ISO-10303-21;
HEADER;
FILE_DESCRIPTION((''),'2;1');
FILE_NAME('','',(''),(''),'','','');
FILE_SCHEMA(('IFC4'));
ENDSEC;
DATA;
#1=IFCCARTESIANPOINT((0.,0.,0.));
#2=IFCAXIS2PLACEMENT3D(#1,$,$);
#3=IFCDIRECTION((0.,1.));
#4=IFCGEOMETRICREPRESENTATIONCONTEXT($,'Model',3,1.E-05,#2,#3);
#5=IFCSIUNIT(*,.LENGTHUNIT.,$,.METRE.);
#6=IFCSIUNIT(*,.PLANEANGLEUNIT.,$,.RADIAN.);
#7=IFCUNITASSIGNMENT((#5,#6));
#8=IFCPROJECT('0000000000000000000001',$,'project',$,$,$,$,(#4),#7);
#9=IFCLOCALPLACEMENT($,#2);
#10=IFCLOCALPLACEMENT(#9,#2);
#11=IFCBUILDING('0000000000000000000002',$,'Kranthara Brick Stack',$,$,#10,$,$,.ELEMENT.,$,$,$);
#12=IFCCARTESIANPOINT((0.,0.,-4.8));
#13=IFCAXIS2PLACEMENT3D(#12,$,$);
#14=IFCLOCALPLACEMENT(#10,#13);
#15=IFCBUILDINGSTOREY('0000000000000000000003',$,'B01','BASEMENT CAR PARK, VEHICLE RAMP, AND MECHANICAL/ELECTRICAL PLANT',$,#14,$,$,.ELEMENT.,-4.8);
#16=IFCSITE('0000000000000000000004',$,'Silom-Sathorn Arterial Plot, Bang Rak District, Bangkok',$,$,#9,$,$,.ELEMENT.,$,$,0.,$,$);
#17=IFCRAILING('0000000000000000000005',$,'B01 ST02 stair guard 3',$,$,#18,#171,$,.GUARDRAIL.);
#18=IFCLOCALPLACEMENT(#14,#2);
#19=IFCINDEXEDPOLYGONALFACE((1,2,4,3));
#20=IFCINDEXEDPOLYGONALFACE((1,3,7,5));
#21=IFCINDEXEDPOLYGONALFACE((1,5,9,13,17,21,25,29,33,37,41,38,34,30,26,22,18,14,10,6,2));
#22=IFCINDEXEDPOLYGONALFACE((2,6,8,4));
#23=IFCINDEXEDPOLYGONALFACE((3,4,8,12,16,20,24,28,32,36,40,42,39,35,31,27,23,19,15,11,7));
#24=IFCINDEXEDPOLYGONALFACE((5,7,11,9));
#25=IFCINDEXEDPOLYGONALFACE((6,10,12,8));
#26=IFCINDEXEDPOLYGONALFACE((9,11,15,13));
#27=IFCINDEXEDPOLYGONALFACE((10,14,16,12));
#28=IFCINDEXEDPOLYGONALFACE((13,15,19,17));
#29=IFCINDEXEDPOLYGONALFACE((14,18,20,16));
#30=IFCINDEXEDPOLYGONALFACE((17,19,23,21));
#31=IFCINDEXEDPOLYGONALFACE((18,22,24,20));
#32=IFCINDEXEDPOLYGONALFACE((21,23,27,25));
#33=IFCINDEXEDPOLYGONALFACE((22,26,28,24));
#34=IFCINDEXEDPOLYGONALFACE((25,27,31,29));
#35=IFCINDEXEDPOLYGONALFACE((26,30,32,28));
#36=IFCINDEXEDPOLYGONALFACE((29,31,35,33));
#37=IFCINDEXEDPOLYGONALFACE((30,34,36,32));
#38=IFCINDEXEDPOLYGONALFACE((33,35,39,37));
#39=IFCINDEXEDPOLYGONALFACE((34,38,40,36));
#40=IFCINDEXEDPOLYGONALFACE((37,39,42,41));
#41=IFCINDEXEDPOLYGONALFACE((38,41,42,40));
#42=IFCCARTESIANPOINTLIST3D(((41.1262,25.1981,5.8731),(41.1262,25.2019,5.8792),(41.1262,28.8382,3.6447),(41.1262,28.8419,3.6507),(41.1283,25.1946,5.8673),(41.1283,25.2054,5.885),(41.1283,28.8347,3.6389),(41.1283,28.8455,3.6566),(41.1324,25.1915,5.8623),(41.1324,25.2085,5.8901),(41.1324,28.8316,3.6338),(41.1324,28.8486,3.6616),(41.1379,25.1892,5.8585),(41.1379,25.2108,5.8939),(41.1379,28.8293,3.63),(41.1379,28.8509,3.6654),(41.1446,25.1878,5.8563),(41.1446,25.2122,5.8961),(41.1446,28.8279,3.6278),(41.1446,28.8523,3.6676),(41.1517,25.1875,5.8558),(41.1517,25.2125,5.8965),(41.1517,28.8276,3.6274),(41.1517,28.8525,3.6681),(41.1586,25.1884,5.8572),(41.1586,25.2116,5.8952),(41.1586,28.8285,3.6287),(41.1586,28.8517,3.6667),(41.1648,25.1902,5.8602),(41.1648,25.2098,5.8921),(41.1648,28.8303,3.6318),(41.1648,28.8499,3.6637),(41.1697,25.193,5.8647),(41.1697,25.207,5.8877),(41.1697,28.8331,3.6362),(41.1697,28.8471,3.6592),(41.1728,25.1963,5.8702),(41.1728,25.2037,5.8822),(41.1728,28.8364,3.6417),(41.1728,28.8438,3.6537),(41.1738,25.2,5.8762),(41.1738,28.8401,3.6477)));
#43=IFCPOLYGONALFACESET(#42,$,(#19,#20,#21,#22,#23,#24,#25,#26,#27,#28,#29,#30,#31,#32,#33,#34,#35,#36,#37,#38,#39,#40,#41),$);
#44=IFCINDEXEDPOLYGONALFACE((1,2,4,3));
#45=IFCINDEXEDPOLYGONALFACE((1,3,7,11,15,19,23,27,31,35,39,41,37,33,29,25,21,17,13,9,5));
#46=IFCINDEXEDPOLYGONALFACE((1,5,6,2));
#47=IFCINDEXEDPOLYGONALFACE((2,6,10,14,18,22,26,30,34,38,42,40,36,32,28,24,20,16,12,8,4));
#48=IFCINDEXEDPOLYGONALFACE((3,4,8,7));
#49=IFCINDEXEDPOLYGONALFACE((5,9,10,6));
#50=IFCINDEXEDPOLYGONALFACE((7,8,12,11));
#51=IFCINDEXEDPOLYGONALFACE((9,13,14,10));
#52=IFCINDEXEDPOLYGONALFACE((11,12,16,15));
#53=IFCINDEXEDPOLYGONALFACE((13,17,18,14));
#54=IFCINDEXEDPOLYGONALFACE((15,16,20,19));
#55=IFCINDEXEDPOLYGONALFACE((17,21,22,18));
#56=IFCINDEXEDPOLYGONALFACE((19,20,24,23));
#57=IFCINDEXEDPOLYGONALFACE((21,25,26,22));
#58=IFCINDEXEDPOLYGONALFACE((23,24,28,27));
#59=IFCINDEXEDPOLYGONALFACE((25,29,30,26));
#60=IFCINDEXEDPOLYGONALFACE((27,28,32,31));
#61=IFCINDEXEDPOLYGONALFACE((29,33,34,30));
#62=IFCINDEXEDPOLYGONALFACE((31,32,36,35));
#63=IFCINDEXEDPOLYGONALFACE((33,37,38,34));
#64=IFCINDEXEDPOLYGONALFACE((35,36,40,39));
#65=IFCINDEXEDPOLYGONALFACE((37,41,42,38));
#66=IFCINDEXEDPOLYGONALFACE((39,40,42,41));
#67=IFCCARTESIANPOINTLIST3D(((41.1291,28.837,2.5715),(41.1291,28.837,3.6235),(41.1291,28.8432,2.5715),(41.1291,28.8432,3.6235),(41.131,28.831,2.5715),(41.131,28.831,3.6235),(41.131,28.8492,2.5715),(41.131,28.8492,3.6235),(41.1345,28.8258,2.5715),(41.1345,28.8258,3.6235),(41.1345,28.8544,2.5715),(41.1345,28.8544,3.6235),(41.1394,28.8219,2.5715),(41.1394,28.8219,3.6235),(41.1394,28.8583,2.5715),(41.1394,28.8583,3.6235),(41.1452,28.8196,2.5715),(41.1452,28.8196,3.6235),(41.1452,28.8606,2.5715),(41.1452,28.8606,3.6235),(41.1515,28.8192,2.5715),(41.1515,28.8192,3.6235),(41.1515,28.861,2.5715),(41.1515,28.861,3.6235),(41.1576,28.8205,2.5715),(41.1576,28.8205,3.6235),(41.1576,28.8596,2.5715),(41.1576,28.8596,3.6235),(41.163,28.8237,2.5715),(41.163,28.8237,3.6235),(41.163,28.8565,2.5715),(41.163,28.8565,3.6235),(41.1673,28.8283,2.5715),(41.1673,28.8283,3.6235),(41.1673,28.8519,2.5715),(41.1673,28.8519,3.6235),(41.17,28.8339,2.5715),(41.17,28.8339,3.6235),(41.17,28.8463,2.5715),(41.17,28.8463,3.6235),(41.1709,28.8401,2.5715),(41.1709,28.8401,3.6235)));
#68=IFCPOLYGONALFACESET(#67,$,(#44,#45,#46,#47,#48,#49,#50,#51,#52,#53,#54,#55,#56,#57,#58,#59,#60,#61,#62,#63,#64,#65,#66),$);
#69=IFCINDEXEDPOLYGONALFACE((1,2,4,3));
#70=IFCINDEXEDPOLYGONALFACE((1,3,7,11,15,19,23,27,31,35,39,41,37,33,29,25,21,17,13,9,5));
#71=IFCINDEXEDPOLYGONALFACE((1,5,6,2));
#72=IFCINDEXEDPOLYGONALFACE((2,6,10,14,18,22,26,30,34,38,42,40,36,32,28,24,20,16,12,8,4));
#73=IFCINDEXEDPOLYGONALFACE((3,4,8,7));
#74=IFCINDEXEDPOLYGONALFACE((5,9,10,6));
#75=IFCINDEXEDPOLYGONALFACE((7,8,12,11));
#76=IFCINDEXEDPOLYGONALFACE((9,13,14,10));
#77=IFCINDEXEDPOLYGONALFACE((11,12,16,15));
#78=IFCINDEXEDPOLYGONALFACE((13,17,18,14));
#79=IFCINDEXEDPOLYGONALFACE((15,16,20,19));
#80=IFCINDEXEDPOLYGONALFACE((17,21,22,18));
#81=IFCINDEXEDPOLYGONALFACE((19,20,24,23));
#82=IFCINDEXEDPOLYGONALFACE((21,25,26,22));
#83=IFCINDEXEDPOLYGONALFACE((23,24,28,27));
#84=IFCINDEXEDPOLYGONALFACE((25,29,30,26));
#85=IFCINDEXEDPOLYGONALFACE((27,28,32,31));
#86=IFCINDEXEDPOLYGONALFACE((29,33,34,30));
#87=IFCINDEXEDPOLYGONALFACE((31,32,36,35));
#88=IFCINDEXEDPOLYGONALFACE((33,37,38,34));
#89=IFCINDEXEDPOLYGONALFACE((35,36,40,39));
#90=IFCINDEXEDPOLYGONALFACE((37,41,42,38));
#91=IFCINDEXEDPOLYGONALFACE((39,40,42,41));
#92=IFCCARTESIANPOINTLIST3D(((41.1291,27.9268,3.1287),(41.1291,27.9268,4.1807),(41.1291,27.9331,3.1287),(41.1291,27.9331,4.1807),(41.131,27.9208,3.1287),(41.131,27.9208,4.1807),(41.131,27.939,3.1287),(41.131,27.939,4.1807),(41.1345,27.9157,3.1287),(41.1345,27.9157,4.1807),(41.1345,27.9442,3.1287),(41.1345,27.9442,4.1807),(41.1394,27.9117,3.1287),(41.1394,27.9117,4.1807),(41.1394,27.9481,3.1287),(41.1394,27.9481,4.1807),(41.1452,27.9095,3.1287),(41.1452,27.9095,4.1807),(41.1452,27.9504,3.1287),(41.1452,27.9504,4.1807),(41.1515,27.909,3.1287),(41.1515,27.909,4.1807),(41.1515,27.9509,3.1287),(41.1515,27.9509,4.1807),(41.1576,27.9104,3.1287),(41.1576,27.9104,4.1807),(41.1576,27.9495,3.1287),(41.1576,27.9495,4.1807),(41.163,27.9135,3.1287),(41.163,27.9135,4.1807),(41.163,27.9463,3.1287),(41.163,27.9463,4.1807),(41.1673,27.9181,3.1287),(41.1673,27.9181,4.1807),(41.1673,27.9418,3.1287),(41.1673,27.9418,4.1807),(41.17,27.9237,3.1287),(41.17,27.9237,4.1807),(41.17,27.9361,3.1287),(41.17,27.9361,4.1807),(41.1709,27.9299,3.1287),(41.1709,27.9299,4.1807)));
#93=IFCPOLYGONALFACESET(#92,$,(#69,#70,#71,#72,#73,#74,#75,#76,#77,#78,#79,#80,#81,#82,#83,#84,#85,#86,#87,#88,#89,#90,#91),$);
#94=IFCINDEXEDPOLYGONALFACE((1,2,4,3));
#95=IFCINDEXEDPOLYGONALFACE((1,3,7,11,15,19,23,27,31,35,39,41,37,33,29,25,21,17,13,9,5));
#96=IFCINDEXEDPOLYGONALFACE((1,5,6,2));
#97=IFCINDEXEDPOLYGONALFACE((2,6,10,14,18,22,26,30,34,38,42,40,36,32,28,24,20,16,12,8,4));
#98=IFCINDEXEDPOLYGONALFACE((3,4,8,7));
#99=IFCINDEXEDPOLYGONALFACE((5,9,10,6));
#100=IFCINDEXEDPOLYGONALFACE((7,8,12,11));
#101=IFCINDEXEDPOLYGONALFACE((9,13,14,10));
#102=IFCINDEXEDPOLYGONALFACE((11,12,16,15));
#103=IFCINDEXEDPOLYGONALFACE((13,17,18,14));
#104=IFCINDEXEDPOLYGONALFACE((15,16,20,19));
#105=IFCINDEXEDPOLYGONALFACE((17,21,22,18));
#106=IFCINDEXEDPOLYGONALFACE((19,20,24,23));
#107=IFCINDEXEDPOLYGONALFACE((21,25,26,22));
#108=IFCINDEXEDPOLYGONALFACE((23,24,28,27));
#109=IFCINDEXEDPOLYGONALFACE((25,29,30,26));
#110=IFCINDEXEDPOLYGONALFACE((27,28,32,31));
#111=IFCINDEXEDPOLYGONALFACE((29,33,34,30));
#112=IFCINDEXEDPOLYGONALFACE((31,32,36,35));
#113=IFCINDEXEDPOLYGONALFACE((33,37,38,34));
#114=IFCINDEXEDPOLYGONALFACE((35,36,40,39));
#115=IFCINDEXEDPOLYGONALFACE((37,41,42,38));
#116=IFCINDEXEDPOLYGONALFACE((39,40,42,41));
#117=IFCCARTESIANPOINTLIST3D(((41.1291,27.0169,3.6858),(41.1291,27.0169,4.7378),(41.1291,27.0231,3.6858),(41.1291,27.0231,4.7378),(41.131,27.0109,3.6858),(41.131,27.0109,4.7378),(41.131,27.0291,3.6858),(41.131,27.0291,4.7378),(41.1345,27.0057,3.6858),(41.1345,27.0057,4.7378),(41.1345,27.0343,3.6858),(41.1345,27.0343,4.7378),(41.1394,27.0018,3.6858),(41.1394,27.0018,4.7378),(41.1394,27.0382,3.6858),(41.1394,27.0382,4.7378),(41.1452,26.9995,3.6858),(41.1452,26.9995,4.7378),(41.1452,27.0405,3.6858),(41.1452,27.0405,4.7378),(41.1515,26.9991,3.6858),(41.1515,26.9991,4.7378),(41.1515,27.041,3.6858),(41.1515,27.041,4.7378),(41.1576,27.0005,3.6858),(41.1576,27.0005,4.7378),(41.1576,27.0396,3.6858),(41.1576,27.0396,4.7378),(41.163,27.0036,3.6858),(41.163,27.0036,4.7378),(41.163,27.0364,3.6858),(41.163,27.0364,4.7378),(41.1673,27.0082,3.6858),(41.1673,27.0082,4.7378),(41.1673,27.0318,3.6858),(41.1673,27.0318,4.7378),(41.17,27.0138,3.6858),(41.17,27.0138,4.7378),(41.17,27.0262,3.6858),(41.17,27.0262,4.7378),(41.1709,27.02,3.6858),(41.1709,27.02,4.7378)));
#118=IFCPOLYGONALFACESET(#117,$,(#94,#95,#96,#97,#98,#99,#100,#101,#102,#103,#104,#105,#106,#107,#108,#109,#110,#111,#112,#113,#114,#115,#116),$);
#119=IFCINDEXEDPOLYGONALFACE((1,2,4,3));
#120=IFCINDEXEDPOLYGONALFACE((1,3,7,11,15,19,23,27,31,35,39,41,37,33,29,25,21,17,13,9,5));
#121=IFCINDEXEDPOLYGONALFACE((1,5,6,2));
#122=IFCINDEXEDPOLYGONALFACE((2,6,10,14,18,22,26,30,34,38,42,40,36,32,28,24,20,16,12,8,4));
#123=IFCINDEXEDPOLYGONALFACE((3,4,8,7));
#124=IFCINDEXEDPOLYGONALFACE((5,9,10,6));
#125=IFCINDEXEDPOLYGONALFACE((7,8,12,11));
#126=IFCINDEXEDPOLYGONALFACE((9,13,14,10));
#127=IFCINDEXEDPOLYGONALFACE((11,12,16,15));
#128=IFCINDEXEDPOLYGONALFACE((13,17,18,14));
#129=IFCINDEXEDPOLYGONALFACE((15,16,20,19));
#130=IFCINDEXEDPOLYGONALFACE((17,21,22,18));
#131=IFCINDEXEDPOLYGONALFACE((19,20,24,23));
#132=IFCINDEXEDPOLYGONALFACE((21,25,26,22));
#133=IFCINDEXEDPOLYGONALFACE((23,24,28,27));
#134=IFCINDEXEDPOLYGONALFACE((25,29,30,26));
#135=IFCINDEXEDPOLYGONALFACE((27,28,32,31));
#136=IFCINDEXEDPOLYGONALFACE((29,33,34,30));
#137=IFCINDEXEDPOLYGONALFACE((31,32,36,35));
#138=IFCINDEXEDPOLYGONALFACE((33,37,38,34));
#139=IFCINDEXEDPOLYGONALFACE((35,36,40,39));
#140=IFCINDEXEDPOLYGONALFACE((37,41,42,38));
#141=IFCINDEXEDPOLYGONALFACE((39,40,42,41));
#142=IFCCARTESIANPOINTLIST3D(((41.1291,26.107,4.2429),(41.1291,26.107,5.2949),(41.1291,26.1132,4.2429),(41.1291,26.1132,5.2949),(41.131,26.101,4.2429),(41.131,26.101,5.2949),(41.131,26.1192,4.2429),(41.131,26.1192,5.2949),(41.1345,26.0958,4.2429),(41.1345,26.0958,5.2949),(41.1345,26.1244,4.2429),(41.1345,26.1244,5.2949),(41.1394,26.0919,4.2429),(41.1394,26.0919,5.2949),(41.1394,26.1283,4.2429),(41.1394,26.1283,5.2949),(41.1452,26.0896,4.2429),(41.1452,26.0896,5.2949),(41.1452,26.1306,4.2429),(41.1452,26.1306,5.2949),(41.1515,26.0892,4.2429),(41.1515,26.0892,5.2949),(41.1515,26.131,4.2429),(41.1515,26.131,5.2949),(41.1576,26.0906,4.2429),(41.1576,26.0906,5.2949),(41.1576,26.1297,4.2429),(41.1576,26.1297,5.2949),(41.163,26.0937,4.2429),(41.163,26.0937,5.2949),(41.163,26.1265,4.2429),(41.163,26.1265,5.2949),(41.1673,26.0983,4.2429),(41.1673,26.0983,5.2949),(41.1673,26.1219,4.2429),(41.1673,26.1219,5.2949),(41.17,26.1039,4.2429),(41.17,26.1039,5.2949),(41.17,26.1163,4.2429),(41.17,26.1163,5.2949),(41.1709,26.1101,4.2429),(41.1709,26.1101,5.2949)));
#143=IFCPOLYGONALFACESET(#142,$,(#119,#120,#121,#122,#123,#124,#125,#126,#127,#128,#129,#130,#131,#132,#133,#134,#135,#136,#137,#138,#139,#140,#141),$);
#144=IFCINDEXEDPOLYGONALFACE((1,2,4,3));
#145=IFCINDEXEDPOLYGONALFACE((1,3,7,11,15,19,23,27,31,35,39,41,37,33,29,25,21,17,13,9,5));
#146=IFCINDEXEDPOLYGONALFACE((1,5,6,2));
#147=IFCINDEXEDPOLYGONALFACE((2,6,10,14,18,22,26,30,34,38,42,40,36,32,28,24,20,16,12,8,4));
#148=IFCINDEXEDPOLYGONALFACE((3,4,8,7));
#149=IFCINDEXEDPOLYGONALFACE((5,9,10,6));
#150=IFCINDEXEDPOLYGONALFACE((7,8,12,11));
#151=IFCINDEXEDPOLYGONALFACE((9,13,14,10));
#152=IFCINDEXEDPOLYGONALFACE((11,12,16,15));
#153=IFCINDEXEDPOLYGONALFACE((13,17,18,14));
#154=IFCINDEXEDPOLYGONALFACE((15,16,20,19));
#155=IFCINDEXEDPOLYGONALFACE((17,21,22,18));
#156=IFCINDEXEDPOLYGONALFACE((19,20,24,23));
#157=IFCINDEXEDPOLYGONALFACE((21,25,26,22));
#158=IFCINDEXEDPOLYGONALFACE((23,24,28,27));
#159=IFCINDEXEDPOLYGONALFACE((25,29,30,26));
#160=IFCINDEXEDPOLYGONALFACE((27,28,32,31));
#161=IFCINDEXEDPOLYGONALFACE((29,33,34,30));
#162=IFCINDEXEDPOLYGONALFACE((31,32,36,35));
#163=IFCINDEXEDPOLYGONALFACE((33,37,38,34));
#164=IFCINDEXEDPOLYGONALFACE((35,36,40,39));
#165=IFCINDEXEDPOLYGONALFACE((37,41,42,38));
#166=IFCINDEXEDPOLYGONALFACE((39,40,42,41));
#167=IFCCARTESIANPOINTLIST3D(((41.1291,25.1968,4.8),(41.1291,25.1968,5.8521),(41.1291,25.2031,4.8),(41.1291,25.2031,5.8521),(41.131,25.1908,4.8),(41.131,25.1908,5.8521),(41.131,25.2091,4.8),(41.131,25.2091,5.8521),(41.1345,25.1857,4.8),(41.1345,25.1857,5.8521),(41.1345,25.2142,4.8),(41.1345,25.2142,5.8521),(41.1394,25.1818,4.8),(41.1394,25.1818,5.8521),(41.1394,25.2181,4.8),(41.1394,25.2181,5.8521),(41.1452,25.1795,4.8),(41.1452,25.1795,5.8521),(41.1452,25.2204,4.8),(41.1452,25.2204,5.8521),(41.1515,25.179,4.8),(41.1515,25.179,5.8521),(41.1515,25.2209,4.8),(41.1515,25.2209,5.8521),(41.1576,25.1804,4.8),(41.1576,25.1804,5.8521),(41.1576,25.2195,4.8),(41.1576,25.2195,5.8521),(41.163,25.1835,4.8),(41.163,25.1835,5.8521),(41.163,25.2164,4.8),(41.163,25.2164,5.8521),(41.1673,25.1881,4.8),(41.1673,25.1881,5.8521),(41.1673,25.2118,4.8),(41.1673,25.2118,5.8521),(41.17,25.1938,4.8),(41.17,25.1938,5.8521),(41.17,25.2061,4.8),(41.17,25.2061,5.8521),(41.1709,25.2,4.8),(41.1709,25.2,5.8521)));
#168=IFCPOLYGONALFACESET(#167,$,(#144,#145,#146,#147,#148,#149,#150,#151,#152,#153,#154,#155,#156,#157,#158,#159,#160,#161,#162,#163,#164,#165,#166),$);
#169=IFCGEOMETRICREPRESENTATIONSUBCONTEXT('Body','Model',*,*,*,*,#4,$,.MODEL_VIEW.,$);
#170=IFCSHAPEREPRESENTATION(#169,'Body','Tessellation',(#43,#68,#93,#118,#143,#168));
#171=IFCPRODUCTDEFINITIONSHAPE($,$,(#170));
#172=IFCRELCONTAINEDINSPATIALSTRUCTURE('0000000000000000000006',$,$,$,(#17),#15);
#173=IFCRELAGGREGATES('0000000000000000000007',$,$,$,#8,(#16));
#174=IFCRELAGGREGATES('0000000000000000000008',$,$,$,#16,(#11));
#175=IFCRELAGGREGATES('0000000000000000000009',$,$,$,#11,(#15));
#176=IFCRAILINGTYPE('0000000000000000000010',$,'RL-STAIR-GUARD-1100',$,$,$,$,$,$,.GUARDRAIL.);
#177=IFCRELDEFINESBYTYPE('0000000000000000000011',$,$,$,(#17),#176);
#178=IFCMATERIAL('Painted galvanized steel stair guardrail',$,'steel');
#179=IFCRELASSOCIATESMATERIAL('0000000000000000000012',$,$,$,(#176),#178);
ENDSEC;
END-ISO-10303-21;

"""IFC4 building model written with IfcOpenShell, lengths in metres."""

from ifc_helpers import new_model, si_unit, direction, frame, origin, origin_2d, place, context, subcontext, project, spatial, circle, extrude, material, type_object, element, save


model = new_model("IFC4")

# Units and contexts
model_context = context("Model", 3, precision=1e-05, world=origin(), true_north=direction((0.0, 1.0)))
body_context = subcontext(model_context, "Body", "Model", "MODEL_VIEW")
ifc_project = project(units=[si_unit("LENGTHUNIT", "METRE"), si_unit("PLANEANGLEUNIT", "RADIAN")], contexts=[model_context])

# Site, building, storey
site_placement = place(None, origin())
site = spatial("IfcSite", under=ifc_project, at=site_placement, Name="Silom-Sathorn Arterial Plot, Bang Rak District, Bangkok", CompositionType="ELEMENT", RefElevation=0.0)
building_placement = place(site_placement, origin())
building = spatial("IfcBuilding", under=site, at=building_placement, Name="Kranthara Brick Stack", CompositionType="ELEMENT")
storey_placement = place(building_placement, frame((0.0, 0.0, -4.8)))
storey = spatial("IfcBuildingStorey", under=building, at=storey_placement, Name="B01", Description="BASEMENT CAR PARK, VEHICLE RAMP, AND MECHANICAL/ELECTRICAL PLANT", CompositionType="ELEMENT", Elevation=-4.8)

# Railing
ifc_material_1 = material(Name="Painted galvanized steel stair guardrail", Category="steel")
railing_type_1 = type_object("IfcRailingType", Name="RL-STAIR-GUARD-1100", PredefinedType="GUARDRAIL", material=ifc_material_1)
railing_1_placement = place(storey_placement, frame((41.1499, 28.8401, 2.5715)))
element("IfcRailing", 1, at=railing_1_placement, inside=storey, type_object=railing_type_1, Name="B01 ST02 stair guard 3", PredefinedType="GUARDRAIL", context=body_context, shape_type="SweptSolid", body=[
    extrude(circle(Radius=0.0239, at=origin_2d()), frame((0.0, 0.0, 1.0762), z_axis=(0.0, -0.852866, 0.52213), x_axis=(1.0, 0.0, 0.0)), (0.0, 0.0, 1.0), 4.2681),
    extrude(circle(Radius=0.021, at=origin_2d()), origin(), (0.0, 0.0, 1.0), 1.052),
    extrude(circle(Radius=0.021, at=origin_2d()), frame((0.0, -0.9102, 0.5571)), (0.0, 0.0, 1.0), 1.052),
    extrude(circle(Radius=0.021, at=origin_2d()), frame((0.0, -1.8201, 1.1143)), (0.0, 0.0, 1.0), 1.052),
    extrude(circle(Radius=0.021, at=origin_2d()), frame((0.0, -2.73, 1.6714)), (0.0, 0.0, 1.0), 1.052),
    extrude(circle(Radius=0.021, at=origin_2d()), frame((0.0, -3.6401, 2.2285)), (0.0, 0.0, 1.0), 1.052),
])

save(model, "model.ifc")
